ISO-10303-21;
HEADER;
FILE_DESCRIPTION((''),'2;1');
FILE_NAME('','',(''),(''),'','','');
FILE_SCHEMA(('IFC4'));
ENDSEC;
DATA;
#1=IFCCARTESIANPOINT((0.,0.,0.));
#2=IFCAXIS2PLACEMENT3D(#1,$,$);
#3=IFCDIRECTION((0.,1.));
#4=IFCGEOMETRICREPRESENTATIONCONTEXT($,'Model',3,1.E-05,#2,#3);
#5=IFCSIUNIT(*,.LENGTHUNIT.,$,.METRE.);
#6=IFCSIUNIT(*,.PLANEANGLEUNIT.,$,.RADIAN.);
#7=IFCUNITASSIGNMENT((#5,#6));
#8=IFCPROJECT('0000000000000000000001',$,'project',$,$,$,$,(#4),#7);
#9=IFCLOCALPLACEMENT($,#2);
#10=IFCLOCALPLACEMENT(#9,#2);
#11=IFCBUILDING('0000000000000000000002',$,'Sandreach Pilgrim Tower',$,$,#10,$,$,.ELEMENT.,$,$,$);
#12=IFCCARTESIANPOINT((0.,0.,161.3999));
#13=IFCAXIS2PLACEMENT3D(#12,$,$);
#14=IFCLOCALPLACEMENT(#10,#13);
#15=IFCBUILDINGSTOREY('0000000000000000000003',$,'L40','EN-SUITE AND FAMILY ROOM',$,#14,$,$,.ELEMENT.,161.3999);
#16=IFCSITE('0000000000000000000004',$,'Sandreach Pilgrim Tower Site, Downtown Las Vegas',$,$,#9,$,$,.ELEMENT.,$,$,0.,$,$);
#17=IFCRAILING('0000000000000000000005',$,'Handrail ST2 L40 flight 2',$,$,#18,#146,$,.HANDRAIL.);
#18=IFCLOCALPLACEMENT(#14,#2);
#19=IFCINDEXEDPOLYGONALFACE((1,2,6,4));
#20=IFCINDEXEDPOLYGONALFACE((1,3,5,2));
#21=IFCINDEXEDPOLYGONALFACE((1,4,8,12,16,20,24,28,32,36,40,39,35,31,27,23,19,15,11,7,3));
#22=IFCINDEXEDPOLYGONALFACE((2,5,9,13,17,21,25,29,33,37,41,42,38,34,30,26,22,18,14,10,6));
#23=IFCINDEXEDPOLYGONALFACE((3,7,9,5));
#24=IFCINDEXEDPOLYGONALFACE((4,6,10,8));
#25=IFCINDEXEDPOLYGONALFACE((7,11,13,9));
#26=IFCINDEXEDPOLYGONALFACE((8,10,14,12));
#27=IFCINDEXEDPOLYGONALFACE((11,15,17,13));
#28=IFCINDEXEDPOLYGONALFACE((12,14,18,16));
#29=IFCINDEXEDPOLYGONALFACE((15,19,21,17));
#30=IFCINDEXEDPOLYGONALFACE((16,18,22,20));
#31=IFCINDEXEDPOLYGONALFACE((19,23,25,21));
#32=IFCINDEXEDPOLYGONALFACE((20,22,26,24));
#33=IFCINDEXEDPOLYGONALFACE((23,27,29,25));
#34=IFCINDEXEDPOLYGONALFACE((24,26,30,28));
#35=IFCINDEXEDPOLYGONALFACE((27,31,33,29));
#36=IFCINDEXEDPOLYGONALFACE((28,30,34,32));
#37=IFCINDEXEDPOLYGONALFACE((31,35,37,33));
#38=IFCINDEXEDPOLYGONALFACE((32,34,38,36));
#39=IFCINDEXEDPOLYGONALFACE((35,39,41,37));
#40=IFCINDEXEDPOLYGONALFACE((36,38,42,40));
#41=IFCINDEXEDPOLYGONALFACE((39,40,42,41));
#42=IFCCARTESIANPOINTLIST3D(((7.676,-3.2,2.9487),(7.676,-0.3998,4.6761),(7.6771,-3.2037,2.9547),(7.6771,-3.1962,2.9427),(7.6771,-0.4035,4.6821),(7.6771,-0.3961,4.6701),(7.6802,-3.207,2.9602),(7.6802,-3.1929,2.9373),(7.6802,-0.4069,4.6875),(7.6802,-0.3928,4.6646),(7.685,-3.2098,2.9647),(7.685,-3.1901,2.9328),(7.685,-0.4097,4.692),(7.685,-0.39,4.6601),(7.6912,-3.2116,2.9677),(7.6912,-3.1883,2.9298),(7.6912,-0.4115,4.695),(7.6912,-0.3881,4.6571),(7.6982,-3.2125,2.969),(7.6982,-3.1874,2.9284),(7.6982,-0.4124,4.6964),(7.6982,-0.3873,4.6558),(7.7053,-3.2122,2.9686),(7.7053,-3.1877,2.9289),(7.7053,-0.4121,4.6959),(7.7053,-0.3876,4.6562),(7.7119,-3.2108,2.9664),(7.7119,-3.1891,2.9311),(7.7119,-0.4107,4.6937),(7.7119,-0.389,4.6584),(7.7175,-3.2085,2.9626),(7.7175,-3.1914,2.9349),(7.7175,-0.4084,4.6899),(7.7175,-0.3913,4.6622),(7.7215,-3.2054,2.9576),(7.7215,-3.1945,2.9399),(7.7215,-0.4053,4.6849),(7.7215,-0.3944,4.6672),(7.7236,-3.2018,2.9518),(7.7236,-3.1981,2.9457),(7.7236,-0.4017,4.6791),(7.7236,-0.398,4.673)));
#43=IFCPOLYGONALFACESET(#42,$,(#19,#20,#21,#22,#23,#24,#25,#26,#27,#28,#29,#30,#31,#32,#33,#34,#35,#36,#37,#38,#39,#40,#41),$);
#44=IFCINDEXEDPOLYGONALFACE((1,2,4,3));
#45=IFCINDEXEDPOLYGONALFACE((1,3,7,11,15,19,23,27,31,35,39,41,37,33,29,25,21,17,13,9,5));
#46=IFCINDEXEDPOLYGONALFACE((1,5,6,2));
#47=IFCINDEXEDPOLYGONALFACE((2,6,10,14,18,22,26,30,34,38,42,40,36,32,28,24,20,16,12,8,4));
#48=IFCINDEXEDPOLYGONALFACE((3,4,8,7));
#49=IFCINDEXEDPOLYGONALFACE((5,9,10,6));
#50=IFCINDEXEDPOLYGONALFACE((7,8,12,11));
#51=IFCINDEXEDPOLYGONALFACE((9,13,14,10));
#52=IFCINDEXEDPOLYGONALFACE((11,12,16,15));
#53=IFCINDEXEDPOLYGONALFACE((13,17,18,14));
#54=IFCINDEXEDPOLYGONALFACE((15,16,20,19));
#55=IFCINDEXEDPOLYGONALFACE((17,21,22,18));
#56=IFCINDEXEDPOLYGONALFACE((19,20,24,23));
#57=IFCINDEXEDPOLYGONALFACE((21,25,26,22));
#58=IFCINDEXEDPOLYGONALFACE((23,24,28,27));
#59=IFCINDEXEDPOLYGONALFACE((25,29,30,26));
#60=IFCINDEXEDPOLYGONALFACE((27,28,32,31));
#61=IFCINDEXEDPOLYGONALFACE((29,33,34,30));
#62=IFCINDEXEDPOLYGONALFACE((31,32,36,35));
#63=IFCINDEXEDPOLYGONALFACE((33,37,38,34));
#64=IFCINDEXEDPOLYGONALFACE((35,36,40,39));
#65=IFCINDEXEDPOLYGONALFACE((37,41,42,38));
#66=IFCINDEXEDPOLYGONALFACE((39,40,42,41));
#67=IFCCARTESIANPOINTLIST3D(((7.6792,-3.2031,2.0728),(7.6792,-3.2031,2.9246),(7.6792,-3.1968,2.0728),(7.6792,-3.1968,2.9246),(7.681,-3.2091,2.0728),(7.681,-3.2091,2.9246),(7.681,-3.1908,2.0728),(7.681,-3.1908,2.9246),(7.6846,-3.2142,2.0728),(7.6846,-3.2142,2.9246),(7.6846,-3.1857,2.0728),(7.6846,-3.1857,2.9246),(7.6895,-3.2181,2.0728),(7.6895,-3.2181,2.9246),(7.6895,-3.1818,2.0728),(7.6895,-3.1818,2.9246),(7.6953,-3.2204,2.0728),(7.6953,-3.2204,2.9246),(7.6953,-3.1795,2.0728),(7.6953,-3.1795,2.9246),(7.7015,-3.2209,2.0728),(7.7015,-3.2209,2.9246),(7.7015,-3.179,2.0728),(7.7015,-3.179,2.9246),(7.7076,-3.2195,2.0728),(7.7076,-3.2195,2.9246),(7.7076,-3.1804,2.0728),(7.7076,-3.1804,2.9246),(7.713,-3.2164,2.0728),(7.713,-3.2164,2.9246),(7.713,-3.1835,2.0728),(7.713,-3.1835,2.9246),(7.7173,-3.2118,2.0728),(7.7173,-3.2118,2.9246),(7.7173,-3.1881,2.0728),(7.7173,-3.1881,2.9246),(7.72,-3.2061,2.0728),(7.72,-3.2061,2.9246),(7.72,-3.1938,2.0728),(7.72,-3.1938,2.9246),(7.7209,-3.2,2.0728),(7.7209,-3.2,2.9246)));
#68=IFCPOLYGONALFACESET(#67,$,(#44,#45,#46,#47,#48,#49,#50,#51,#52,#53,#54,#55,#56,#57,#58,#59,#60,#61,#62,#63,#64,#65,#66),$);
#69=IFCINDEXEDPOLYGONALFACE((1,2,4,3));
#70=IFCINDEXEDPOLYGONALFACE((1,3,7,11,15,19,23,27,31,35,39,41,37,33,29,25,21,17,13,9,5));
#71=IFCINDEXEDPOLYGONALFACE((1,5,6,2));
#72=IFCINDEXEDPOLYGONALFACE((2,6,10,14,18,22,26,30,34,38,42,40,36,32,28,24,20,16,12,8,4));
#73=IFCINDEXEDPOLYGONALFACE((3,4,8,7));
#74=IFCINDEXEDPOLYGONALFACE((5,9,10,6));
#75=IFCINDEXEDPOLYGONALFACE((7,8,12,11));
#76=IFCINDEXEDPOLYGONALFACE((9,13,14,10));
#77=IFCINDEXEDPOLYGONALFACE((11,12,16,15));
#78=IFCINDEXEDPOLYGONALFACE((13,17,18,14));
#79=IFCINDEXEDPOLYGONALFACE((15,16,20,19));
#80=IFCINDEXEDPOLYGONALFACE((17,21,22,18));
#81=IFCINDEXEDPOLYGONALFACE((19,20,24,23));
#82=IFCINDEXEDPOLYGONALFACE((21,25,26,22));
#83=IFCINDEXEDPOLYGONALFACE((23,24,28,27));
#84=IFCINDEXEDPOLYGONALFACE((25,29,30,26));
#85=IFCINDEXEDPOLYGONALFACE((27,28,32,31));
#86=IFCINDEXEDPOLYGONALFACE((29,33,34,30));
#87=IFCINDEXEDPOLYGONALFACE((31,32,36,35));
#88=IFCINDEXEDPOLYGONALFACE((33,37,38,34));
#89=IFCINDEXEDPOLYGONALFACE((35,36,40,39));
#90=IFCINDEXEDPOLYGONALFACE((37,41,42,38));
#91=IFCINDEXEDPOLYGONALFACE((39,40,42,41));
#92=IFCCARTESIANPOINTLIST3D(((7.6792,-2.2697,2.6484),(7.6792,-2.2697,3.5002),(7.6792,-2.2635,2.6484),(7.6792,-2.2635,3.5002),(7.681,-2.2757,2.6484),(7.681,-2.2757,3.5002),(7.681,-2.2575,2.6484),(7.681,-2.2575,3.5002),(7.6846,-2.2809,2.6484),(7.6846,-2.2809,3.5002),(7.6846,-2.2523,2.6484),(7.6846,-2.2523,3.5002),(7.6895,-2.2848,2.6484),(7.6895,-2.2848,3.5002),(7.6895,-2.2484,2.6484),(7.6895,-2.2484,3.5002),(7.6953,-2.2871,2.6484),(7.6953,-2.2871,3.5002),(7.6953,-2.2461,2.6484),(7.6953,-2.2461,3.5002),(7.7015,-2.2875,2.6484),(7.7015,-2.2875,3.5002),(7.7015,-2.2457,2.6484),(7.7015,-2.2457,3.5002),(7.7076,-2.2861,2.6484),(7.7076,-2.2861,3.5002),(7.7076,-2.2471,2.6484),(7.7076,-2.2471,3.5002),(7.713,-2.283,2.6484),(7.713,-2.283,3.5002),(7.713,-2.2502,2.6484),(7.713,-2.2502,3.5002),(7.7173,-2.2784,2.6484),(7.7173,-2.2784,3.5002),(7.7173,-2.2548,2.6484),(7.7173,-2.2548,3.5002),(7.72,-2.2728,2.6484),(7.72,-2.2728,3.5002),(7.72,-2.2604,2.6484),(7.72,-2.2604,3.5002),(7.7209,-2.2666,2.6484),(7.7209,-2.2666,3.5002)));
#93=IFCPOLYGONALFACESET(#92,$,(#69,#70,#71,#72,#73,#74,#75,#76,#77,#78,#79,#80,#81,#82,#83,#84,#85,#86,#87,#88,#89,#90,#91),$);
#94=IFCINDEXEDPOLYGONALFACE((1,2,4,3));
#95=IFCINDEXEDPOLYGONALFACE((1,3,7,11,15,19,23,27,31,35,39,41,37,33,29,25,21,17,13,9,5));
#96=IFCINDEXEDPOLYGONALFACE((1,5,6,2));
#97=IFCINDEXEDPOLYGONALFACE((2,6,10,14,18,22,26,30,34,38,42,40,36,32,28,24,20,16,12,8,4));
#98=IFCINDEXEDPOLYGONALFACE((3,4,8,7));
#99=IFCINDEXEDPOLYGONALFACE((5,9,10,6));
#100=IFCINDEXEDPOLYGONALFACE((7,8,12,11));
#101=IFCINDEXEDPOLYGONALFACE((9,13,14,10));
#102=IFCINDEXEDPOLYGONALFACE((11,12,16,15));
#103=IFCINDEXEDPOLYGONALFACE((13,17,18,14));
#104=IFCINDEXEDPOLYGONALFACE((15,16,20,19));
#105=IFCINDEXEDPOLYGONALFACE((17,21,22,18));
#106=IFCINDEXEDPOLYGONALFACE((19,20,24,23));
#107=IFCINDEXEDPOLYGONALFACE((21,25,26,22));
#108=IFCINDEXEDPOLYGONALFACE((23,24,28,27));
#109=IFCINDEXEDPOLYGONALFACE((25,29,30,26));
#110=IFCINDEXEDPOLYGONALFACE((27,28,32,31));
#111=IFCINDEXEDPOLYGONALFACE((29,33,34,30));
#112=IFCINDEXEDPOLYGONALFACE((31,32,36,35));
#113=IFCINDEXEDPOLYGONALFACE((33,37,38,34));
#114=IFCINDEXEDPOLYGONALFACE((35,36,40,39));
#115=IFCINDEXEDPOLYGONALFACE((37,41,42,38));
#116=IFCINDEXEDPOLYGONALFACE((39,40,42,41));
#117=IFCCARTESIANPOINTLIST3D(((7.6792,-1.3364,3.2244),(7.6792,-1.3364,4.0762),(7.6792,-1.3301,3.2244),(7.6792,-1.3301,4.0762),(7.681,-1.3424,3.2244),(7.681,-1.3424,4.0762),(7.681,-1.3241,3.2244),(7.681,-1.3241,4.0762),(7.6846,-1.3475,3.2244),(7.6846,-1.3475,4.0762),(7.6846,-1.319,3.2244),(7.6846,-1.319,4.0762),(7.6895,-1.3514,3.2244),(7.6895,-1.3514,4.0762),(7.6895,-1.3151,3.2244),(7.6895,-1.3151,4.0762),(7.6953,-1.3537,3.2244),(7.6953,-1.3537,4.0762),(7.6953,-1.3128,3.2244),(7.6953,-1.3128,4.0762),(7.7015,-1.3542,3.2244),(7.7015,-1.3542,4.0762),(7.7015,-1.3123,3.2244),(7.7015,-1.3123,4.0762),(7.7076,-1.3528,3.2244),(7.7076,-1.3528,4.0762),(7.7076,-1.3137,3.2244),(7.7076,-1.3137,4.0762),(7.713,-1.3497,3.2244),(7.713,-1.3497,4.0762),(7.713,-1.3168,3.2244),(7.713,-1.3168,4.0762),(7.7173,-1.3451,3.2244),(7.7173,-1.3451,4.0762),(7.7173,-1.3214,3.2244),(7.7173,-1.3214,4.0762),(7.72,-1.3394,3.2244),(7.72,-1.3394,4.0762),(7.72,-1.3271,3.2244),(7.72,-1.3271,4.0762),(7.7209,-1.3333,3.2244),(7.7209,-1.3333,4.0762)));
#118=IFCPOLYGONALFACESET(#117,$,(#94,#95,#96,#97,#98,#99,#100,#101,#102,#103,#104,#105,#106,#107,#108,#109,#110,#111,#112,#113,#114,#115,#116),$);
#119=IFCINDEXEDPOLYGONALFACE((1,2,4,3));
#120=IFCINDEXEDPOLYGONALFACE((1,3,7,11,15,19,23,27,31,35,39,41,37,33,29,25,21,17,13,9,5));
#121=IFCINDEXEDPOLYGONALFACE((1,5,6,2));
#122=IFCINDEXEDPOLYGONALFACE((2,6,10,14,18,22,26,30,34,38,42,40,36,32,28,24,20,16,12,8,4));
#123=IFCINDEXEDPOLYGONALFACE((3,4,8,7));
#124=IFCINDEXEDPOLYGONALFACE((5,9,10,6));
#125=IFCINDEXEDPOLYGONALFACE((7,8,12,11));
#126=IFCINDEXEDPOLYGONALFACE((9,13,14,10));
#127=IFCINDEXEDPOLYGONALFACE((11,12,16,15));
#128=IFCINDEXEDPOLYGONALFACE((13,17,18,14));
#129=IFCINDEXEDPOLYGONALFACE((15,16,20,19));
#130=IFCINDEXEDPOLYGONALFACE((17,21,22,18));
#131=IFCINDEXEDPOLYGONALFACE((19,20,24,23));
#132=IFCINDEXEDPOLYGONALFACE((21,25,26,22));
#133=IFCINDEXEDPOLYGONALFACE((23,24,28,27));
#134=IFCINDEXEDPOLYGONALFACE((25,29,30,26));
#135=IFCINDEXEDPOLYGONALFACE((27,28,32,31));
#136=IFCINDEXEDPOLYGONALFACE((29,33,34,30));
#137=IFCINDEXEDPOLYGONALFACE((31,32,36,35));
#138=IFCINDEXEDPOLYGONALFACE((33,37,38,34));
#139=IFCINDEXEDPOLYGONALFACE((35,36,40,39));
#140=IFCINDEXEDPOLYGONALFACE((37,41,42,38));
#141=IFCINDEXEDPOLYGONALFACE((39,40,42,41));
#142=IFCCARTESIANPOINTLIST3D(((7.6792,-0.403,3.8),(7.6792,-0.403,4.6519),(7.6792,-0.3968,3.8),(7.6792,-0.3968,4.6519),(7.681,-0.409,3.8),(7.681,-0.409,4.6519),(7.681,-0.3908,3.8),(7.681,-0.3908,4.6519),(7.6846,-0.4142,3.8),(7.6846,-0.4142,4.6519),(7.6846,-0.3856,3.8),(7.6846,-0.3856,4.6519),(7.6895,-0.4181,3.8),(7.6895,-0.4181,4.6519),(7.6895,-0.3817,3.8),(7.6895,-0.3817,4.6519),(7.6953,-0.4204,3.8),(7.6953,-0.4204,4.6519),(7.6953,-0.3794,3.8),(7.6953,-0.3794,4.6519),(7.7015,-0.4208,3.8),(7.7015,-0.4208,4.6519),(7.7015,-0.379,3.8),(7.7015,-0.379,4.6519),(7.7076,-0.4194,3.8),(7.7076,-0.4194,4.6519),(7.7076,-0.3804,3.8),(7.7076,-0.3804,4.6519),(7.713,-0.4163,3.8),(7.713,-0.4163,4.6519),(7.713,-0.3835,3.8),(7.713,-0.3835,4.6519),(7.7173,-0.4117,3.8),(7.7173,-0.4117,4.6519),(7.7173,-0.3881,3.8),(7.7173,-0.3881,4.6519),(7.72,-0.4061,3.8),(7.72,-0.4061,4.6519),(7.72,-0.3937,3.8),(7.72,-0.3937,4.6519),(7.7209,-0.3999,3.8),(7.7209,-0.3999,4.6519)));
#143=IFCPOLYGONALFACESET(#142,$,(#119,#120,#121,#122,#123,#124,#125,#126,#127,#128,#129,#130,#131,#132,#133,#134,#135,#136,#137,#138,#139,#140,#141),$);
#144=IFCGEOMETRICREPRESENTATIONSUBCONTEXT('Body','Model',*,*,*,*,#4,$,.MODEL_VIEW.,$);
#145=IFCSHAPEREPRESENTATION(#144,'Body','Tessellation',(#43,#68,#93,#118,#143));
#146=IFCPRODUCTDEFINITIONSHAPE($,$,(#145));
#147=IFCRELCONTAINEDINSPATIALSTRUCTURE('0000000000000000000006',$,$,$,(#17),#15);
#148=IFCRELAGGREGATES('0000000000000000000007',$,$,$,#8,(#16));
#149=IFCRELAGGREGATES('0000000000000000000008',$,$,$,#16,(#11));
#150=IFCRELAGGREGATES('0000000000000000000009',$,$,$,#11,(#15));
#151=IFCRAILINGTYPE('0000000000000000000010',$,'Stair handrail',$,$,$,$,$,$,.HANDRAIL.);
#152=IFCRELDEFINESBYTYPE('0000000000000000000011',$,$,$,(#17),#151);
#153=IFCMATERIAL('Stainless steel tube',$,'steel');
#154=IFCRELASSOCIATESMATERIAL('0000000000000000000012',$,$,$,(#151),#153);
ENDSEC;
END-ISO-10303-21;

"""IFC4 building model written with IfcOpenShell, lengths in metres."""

from ifc_helpers import new_model, si_unit, direction, frame, origin, origin_2d, place, context, subcontext, project, spatial, circle, extrude, material, type_object, element, save


model = new_model("IFC4")

# Units and contexts
model_context = context("Model", 3, precision=1e-05, world=origin(), true_north=direction((0.0, 1.0)))
body_context = subcontext(model_context, "Body", "Model", "MODEL_VIEW")
ifc_project = project(units=[si_unit("LENGTHUNIT", "METRE"), si_unit("PLANEANGLEUNIT", "RADIAN")], contexts=[model_context])

# Site, building, storey
site_placement = place(None, origin())
site = spatial("IfcSite", under=ifc_project, at=site_placement, Name="Sandreach Pilgrim Tower Site, Downtown Las Vegas", CompositionType="ELEMENT", RefElevation=0.0)
building_placement = place(site_placement, origin())
building = spatial("IfcBuilding", under=site, at=building_placement, Name="Sandreach Pilgrim Tower", CompositionType="ELEMENT")
storey_placement = place(building_placement, frame((0.0, 0.0, 161.3999)))
storey = spatial("IfcBuildingStorey", under=building, at=storey_placement, Name="L40", Description="EN-SUITE AND FAMILY ROOM", CompositionType="ELEMENT", Elevation=161.3999)

# Railing
ifc_material_1 = material(Name="Stainless steel tube", Category="steel")
railing_type = type_object("IfcRailingType", Name="Stair handrail", PredefinedType="HANDRAIL", material=ifc_material_1)
for number, where, name in (
    (1, (7.7, -3.2, 2.0728), "Handrail ST2 L40 flight 2"),
):
    element("IfcRailing", number, at=place(storey_placement, frame(where)), inside=storey, type_object=railing_type, Name=name, PredefinedType="HANDRAIL", context=body_context, shape_type="SweptSolid", body=[
        extrude(circle(Radius=0.0239, at=origin_2d()), frame((0.0, 0.0, 0.876), z_axis=(0.0, 0.85109, 0.52502), x_axis=(-1.0, 0.0, 0.0)), (0.0, 0.0, 1.0), 3.29),
        extrude(circle(Radius=0.021, at=origin_2d()), origin(), (0.0, 0.0, 1.0), 0.8518),
        extrude(circle(Radius=0.021, at=origin_2d()), frame((0.0, 0.9333, 0.5757)), (0.0, 0.0, 1.0), 0.8518),
        extrude(circle(Radius=0.021, at=origin_2d()), frame((0.0, 1.8667, 1.1516)), (0.0, 0.0, 1.0), 0.8518),
        extrude(circle(Radius=0.021, at=origin_2d()), frame((0.0, 2.8, 1.7273)), (0.0, 0.0, 1.0), 0.8518),
    ])

save(model, "model.ifc")
